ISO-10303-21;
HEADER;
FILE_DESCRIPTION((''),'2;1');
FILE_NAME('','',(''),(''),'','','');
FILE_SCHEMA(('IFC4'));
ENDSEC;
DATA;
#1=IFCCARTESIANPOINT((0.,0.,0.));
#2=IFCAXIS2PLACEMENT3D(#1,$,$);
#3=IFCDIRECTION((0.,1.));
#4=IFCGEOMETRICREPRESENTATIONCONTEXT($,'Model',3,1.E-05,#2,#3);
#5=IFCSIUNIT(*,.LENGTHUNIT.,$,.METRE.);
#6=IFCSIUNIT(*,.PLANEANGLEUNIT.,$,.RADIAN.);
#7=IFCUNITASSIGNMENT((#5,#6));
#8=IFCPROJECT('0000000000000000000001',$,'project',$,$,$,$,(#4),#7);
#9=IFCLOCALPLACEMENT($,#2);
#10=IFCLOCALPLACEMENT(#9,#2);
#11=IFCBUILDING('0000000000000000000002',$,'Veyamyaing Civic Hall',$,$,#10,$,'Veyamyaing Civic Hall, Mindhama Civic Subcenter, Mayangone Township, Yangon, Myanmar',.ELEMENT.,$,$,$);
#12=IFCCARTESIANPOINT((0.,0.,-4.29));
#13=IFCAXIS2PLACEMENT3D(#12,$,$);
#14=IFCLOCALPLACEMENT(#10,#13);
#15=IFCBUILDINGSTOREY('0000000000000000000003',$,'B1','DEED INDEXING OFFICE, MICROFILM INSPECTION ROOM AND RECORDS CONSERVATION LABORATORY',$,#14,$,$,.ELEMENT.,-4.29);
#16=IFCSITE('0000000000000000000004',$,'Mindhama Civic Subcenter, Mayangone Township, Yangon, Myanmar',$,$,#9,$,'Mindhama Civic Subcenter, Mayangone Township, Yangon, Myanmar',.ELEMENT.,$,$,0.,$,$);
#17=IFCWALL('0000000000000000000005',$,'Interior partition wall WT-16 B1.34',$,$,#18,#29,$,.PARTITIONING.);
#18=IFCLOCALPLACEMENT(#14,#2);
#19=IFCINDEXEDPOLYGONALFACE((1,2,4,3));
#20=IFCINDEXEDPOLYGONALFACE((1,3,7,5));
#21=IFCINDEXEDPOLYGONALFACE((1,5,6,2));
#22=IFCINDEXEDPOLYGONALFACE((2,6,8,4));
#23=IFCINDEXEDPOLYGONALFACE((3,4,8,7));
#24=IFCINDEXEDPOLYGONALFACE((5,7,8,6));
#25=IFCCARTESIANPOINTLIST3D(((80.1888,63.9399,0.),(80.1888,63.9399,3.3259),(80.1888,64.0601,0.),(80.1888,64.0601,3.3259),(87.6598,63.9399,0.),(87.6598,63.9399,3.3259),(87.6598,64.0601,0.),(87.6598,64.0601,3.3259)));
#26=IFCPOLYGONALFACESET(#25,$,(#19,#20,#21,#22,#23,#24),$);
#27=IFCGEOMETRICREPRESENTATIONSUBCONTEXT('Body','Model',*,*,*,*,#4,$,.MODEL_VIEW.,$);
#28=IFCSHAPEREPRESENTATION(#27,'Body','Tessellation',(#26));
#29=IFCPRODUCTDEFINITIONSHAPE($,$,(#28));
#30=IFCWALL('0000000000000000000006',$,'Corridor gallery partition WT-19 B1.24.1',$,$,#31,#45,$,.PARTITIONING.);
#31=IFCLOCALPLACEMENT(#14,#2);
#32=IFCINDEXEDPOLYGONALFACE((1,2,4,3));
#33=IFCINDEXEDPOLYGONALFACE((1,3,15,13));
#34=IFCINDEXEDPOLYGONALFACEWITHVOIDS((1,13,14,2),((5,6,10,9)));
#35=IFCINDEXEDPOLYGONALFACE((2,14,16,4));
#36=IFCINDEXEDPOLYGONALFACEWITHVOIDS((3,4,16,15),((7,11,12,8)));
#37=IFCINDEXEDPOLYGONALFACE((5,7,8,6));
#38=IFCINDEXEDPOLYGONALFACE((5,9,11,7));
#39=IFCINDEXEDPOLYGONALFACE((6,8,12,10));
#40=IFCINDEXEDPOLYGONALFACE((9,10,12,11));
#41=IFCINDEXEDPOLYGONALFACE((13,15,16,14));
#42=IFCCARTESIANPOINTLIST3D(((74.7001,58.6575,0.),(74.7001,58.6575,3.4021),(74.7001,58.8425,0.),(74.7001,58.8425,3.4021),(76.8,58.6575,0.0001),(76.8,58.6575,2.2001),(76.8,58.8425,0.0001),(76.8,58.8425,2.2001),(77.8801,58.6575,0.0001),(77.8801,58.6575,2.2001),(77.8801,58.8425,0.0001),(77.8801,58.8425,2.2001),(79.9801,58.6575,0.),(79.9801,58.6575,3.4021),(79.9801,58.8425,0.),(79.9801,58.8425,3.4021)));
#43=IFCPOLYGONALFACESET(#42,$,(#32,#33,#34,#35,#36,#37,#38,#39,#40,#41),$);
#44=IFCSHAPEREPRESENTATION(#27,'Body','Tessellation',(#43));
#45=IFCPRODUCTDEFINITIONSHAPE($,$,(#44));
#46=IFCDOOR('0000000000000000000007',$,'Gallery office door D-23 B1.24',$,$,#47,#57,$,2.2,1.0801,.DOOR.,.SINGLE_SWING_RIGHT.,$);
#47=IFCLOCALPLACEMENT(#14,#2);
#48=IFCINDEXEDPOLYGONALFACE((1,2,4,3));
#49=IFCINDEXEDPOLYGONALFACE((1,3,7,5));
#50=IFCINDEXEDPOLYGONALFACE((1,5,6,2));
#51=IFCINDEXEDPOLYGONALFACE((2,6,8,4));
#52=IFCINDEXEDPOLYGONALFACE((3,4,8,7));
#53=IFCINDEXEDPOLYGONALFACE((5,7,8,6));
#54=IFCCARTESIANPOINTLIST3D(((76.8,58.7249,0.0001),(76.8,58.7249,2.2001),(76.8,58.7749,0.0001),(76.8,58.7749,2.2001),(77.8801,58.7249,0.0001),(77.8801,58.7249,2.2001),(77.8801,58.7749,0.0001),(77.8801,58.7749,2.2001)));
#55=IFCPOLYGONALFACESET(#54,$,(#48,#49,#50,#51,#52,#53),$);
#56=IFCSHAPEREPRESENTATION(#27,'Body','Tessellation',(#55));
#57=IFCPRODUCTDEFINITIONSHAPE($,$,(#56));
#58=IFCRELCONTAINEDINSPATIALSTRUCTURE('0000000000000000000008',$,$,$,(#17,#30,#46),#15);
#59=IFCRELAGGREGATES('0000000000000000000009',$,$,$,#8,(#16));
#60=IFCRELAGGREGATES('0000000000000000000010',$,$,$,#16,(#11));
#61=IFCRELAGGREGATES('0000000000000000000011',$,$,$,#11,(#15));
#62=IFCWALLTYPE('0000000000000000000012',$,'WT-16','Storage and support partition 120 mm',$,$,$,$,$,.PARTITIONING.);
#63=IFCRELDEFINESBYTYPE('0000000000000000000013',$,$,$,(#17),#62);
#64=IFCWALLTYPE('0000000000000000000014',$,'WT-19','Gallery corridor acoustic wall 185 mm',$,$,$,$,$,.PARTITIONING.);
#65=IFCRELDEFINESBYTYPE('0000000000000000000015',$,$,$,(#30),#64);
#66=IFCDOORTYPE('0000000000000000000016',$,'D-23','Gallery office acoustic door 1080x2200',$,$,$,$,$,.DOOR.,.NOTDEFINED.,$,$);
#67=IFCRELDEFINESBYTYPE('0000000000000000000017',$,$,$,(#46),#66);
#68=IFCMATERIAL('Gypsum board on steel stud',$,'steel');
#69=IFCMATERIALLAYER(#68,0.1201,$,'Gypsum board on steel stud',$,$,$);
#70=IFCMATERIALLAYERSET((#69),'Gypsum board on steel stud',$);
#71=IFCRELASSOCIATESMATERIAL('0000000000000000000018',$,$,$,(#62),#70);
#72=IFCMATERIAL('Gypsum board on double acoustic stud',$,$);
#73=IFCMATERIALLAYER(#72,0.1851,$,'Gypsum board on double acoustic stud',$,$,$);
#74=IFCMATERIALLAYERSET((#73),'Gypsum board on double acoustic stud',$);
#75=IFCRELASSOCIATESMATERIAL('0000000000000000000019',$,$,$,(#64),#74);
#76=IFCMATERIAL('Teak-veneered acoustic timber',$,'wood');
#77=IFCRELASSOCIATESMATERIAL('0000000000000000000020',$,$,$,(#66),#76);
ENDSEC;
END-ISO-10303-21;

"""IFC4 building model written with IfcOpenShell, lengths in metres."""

from ifc_helpers import new_model, si_unit, direction, frame, frame_2d, origin, place, context, subcontext, project, spatial, rectangle, extrude, material, layer, layer_set, type_object, element, fill, save


model = new_model("IFC4")

# Units and contexts
model_context = context("Model", 3, precision=1e-05, world=origin(), true_north=direction((0.0, 1.0)))
body_context = subcontext(model_context, "Body", "Model", "MODEL_VIEW")
ifc_project = project(units=[si_unit("LENGTHUNIT", "METRE"), si_unit("PLANEANGLEUNIT", "RADIAN")], contexts=[model_context])

# Site, building, storey
site_placement = place(None, origin())
site = spatial("IfcSite", under=ifc_project, at=site_placement, Name="Mindhama Civic Subcenter, Mayangone Township, Yangon, Myanmar", LongName="Mindhama Civic Subcenter, Mayangone Township, Yangon, Myanmar", CompositionType="ELEMENT", RefElevation=0.0)
building_placement = place(site_placement, origin())
building = spatial("IfcBuilding", under=site, at=building_placement, Name="Veyamyaing Civic Hall", LongName="Veyamyaing Civic Hall, Mindhama Civic Subcenter, Mayangone Township, Yangon, Myanmar", CompositionType="ELEMENT")
storey_placement = place(building_placement, frame((0.0, 0.0, -4.29)))
storey = spatial("IfcBuildingStorey", under=building, at=storey_placement, Name="B1", Description="DEED INDEXING OFFICE, MICROFILM INSPECTION ROOM AND RECORDS CONSERVATION LABORATORY", CompositionType="ELEMENT", Elevation=-4.29)

# Shared definitions
ifc_material_1 = material(Name="Teak-veneered acoustic timber", Category="wood")

# Wall
ifc_material_2 = material(Name="Gypsum board on steel stud", Category="steel")
ifc_layer_1 = layer(ifc_material_2, 0.1201, Name="Gypsum board on steel stud")
ifc_layer_set_1 = layer_set([ifc_layer_1], Name="Gypsum board on steel stud")
wall_type_1 = type_object("IfcWallType", Name="WT-16", Description="Storage and support partition 120 mm", PredefinedType="PARTITIONING", material=ifc_layer_set_1)
wall_1_placement = place(storey_placement, frame((80.189, 64.0, 0.0), z_axis=(0.0, 0.0, 1.0), x_axis=(1.0, 0.0, 0.0)))
element("IfcWall", 1, at=wall_1_placement, inside=storey, type_object=wall_type_1, Name="Interior partition wall WT-16 B1.34", PredefinedType="PARTITIONING", context=body_context, shape_type="SweptSolid", body=[
    extrude(rectangle(XDim=7.4709, YDim=0.1201, at=frame_2d((3.7354, 0.0))), origin(), (0.0, 0.0, 1.0), 3.3259),
])

# Wall, opening, door
ifc_material_3 = material(Name="Gypsum board on double acoustic stud")
ifc_layer_2 = layer(ifc_material_3, 0.1851, Name="Gypsum board on double acoustic stud")
ifc_layer_set_2 = layer_set([ifc_layer_2], Name="Gypsum board on double acoustic stud")
wall_type_2 = type_object("IfcWallType", Name="WT-19", Description="Gallery corridor acoustic wall 185 mm", PredefinedType="PARTITIONING", material=ifc_layer_set_2)
wall_2_placement = place(storey_placement, frame((74.7, 58.75, 0.0), z_axis=(0.0, 0.0, 1.0), x_axis=(1.0, 0.0, 0.0)))
wall_2 = element("IfcWall", 2, at=wall_2_placement, inside=storey, type_object=wall_type_2, Name="Corridor gallery partition WT-19 B1.24.1", PredefinedType="PARTITIONING", context=body_context, shape_type="SweptSolid", body=[
    extrude(rectangle(XDim=5.28, YDim=0.1851, at=frame_2d((2.6401, 0.0))), origin(), (0.0, 0.0, 1.0), 3.4021),
])
opening_1_placement = place(wall_2_placement, frame((2.1001, 0.0, 0.0)))
opening_1 = element("IfcOpeningElement", 3, at=opening_1_placement, cuts=wall_2, PredefinedType="OPENING", context=body_context, shape_type="SweptSolid", body=[
    extrude(rectangle(XDim=1.0801, YDim=2.2, at=frame_2d((0.54, 1.1001))), frame((0.0, 0.1025, 0.0), z_axis=(0.0, -1.0, 0.0), x_axis=(1.0, 0.0, 0.0)), (0.0, 0.0, 1.0), 0.2051),
])
door_type_1 = type_object("IfcDoorType", Name="D-23", Description="Gallery office acoustic door 1080x2200", OperationType="NOTDEFINED", PredefinedType="DOOR", material=ifc_material_1)
door_1_placement = place(opening_1_placement, origin())
door_1 = element("IfcDoor", 4, at=door_1_placement, inside=storey, type_object=door_type_1, Name="Gallery office door D-23 B1.24", OperationType="SINGLE_SWING_RIGHT", OverallHeight=2.2, OverallWidth=1.0801, PredefinedType="DOOR", context=body_context, shape_type="SweptSolid", body=[
    extrude(rectangle(XDim=1.0801, YDim=2.2, at=frame_2d((0.54, 1.1001))), frame((0.0, 0.0249, 0.0), z_axis=(0.0, -1.0, 0.0), x_axis=(1.0, 0.0, 0.0)), (0.0, 0.0, 1.0), 0.05),
])
fill(opening_1, door_1)

save(model, "model.ifc")
